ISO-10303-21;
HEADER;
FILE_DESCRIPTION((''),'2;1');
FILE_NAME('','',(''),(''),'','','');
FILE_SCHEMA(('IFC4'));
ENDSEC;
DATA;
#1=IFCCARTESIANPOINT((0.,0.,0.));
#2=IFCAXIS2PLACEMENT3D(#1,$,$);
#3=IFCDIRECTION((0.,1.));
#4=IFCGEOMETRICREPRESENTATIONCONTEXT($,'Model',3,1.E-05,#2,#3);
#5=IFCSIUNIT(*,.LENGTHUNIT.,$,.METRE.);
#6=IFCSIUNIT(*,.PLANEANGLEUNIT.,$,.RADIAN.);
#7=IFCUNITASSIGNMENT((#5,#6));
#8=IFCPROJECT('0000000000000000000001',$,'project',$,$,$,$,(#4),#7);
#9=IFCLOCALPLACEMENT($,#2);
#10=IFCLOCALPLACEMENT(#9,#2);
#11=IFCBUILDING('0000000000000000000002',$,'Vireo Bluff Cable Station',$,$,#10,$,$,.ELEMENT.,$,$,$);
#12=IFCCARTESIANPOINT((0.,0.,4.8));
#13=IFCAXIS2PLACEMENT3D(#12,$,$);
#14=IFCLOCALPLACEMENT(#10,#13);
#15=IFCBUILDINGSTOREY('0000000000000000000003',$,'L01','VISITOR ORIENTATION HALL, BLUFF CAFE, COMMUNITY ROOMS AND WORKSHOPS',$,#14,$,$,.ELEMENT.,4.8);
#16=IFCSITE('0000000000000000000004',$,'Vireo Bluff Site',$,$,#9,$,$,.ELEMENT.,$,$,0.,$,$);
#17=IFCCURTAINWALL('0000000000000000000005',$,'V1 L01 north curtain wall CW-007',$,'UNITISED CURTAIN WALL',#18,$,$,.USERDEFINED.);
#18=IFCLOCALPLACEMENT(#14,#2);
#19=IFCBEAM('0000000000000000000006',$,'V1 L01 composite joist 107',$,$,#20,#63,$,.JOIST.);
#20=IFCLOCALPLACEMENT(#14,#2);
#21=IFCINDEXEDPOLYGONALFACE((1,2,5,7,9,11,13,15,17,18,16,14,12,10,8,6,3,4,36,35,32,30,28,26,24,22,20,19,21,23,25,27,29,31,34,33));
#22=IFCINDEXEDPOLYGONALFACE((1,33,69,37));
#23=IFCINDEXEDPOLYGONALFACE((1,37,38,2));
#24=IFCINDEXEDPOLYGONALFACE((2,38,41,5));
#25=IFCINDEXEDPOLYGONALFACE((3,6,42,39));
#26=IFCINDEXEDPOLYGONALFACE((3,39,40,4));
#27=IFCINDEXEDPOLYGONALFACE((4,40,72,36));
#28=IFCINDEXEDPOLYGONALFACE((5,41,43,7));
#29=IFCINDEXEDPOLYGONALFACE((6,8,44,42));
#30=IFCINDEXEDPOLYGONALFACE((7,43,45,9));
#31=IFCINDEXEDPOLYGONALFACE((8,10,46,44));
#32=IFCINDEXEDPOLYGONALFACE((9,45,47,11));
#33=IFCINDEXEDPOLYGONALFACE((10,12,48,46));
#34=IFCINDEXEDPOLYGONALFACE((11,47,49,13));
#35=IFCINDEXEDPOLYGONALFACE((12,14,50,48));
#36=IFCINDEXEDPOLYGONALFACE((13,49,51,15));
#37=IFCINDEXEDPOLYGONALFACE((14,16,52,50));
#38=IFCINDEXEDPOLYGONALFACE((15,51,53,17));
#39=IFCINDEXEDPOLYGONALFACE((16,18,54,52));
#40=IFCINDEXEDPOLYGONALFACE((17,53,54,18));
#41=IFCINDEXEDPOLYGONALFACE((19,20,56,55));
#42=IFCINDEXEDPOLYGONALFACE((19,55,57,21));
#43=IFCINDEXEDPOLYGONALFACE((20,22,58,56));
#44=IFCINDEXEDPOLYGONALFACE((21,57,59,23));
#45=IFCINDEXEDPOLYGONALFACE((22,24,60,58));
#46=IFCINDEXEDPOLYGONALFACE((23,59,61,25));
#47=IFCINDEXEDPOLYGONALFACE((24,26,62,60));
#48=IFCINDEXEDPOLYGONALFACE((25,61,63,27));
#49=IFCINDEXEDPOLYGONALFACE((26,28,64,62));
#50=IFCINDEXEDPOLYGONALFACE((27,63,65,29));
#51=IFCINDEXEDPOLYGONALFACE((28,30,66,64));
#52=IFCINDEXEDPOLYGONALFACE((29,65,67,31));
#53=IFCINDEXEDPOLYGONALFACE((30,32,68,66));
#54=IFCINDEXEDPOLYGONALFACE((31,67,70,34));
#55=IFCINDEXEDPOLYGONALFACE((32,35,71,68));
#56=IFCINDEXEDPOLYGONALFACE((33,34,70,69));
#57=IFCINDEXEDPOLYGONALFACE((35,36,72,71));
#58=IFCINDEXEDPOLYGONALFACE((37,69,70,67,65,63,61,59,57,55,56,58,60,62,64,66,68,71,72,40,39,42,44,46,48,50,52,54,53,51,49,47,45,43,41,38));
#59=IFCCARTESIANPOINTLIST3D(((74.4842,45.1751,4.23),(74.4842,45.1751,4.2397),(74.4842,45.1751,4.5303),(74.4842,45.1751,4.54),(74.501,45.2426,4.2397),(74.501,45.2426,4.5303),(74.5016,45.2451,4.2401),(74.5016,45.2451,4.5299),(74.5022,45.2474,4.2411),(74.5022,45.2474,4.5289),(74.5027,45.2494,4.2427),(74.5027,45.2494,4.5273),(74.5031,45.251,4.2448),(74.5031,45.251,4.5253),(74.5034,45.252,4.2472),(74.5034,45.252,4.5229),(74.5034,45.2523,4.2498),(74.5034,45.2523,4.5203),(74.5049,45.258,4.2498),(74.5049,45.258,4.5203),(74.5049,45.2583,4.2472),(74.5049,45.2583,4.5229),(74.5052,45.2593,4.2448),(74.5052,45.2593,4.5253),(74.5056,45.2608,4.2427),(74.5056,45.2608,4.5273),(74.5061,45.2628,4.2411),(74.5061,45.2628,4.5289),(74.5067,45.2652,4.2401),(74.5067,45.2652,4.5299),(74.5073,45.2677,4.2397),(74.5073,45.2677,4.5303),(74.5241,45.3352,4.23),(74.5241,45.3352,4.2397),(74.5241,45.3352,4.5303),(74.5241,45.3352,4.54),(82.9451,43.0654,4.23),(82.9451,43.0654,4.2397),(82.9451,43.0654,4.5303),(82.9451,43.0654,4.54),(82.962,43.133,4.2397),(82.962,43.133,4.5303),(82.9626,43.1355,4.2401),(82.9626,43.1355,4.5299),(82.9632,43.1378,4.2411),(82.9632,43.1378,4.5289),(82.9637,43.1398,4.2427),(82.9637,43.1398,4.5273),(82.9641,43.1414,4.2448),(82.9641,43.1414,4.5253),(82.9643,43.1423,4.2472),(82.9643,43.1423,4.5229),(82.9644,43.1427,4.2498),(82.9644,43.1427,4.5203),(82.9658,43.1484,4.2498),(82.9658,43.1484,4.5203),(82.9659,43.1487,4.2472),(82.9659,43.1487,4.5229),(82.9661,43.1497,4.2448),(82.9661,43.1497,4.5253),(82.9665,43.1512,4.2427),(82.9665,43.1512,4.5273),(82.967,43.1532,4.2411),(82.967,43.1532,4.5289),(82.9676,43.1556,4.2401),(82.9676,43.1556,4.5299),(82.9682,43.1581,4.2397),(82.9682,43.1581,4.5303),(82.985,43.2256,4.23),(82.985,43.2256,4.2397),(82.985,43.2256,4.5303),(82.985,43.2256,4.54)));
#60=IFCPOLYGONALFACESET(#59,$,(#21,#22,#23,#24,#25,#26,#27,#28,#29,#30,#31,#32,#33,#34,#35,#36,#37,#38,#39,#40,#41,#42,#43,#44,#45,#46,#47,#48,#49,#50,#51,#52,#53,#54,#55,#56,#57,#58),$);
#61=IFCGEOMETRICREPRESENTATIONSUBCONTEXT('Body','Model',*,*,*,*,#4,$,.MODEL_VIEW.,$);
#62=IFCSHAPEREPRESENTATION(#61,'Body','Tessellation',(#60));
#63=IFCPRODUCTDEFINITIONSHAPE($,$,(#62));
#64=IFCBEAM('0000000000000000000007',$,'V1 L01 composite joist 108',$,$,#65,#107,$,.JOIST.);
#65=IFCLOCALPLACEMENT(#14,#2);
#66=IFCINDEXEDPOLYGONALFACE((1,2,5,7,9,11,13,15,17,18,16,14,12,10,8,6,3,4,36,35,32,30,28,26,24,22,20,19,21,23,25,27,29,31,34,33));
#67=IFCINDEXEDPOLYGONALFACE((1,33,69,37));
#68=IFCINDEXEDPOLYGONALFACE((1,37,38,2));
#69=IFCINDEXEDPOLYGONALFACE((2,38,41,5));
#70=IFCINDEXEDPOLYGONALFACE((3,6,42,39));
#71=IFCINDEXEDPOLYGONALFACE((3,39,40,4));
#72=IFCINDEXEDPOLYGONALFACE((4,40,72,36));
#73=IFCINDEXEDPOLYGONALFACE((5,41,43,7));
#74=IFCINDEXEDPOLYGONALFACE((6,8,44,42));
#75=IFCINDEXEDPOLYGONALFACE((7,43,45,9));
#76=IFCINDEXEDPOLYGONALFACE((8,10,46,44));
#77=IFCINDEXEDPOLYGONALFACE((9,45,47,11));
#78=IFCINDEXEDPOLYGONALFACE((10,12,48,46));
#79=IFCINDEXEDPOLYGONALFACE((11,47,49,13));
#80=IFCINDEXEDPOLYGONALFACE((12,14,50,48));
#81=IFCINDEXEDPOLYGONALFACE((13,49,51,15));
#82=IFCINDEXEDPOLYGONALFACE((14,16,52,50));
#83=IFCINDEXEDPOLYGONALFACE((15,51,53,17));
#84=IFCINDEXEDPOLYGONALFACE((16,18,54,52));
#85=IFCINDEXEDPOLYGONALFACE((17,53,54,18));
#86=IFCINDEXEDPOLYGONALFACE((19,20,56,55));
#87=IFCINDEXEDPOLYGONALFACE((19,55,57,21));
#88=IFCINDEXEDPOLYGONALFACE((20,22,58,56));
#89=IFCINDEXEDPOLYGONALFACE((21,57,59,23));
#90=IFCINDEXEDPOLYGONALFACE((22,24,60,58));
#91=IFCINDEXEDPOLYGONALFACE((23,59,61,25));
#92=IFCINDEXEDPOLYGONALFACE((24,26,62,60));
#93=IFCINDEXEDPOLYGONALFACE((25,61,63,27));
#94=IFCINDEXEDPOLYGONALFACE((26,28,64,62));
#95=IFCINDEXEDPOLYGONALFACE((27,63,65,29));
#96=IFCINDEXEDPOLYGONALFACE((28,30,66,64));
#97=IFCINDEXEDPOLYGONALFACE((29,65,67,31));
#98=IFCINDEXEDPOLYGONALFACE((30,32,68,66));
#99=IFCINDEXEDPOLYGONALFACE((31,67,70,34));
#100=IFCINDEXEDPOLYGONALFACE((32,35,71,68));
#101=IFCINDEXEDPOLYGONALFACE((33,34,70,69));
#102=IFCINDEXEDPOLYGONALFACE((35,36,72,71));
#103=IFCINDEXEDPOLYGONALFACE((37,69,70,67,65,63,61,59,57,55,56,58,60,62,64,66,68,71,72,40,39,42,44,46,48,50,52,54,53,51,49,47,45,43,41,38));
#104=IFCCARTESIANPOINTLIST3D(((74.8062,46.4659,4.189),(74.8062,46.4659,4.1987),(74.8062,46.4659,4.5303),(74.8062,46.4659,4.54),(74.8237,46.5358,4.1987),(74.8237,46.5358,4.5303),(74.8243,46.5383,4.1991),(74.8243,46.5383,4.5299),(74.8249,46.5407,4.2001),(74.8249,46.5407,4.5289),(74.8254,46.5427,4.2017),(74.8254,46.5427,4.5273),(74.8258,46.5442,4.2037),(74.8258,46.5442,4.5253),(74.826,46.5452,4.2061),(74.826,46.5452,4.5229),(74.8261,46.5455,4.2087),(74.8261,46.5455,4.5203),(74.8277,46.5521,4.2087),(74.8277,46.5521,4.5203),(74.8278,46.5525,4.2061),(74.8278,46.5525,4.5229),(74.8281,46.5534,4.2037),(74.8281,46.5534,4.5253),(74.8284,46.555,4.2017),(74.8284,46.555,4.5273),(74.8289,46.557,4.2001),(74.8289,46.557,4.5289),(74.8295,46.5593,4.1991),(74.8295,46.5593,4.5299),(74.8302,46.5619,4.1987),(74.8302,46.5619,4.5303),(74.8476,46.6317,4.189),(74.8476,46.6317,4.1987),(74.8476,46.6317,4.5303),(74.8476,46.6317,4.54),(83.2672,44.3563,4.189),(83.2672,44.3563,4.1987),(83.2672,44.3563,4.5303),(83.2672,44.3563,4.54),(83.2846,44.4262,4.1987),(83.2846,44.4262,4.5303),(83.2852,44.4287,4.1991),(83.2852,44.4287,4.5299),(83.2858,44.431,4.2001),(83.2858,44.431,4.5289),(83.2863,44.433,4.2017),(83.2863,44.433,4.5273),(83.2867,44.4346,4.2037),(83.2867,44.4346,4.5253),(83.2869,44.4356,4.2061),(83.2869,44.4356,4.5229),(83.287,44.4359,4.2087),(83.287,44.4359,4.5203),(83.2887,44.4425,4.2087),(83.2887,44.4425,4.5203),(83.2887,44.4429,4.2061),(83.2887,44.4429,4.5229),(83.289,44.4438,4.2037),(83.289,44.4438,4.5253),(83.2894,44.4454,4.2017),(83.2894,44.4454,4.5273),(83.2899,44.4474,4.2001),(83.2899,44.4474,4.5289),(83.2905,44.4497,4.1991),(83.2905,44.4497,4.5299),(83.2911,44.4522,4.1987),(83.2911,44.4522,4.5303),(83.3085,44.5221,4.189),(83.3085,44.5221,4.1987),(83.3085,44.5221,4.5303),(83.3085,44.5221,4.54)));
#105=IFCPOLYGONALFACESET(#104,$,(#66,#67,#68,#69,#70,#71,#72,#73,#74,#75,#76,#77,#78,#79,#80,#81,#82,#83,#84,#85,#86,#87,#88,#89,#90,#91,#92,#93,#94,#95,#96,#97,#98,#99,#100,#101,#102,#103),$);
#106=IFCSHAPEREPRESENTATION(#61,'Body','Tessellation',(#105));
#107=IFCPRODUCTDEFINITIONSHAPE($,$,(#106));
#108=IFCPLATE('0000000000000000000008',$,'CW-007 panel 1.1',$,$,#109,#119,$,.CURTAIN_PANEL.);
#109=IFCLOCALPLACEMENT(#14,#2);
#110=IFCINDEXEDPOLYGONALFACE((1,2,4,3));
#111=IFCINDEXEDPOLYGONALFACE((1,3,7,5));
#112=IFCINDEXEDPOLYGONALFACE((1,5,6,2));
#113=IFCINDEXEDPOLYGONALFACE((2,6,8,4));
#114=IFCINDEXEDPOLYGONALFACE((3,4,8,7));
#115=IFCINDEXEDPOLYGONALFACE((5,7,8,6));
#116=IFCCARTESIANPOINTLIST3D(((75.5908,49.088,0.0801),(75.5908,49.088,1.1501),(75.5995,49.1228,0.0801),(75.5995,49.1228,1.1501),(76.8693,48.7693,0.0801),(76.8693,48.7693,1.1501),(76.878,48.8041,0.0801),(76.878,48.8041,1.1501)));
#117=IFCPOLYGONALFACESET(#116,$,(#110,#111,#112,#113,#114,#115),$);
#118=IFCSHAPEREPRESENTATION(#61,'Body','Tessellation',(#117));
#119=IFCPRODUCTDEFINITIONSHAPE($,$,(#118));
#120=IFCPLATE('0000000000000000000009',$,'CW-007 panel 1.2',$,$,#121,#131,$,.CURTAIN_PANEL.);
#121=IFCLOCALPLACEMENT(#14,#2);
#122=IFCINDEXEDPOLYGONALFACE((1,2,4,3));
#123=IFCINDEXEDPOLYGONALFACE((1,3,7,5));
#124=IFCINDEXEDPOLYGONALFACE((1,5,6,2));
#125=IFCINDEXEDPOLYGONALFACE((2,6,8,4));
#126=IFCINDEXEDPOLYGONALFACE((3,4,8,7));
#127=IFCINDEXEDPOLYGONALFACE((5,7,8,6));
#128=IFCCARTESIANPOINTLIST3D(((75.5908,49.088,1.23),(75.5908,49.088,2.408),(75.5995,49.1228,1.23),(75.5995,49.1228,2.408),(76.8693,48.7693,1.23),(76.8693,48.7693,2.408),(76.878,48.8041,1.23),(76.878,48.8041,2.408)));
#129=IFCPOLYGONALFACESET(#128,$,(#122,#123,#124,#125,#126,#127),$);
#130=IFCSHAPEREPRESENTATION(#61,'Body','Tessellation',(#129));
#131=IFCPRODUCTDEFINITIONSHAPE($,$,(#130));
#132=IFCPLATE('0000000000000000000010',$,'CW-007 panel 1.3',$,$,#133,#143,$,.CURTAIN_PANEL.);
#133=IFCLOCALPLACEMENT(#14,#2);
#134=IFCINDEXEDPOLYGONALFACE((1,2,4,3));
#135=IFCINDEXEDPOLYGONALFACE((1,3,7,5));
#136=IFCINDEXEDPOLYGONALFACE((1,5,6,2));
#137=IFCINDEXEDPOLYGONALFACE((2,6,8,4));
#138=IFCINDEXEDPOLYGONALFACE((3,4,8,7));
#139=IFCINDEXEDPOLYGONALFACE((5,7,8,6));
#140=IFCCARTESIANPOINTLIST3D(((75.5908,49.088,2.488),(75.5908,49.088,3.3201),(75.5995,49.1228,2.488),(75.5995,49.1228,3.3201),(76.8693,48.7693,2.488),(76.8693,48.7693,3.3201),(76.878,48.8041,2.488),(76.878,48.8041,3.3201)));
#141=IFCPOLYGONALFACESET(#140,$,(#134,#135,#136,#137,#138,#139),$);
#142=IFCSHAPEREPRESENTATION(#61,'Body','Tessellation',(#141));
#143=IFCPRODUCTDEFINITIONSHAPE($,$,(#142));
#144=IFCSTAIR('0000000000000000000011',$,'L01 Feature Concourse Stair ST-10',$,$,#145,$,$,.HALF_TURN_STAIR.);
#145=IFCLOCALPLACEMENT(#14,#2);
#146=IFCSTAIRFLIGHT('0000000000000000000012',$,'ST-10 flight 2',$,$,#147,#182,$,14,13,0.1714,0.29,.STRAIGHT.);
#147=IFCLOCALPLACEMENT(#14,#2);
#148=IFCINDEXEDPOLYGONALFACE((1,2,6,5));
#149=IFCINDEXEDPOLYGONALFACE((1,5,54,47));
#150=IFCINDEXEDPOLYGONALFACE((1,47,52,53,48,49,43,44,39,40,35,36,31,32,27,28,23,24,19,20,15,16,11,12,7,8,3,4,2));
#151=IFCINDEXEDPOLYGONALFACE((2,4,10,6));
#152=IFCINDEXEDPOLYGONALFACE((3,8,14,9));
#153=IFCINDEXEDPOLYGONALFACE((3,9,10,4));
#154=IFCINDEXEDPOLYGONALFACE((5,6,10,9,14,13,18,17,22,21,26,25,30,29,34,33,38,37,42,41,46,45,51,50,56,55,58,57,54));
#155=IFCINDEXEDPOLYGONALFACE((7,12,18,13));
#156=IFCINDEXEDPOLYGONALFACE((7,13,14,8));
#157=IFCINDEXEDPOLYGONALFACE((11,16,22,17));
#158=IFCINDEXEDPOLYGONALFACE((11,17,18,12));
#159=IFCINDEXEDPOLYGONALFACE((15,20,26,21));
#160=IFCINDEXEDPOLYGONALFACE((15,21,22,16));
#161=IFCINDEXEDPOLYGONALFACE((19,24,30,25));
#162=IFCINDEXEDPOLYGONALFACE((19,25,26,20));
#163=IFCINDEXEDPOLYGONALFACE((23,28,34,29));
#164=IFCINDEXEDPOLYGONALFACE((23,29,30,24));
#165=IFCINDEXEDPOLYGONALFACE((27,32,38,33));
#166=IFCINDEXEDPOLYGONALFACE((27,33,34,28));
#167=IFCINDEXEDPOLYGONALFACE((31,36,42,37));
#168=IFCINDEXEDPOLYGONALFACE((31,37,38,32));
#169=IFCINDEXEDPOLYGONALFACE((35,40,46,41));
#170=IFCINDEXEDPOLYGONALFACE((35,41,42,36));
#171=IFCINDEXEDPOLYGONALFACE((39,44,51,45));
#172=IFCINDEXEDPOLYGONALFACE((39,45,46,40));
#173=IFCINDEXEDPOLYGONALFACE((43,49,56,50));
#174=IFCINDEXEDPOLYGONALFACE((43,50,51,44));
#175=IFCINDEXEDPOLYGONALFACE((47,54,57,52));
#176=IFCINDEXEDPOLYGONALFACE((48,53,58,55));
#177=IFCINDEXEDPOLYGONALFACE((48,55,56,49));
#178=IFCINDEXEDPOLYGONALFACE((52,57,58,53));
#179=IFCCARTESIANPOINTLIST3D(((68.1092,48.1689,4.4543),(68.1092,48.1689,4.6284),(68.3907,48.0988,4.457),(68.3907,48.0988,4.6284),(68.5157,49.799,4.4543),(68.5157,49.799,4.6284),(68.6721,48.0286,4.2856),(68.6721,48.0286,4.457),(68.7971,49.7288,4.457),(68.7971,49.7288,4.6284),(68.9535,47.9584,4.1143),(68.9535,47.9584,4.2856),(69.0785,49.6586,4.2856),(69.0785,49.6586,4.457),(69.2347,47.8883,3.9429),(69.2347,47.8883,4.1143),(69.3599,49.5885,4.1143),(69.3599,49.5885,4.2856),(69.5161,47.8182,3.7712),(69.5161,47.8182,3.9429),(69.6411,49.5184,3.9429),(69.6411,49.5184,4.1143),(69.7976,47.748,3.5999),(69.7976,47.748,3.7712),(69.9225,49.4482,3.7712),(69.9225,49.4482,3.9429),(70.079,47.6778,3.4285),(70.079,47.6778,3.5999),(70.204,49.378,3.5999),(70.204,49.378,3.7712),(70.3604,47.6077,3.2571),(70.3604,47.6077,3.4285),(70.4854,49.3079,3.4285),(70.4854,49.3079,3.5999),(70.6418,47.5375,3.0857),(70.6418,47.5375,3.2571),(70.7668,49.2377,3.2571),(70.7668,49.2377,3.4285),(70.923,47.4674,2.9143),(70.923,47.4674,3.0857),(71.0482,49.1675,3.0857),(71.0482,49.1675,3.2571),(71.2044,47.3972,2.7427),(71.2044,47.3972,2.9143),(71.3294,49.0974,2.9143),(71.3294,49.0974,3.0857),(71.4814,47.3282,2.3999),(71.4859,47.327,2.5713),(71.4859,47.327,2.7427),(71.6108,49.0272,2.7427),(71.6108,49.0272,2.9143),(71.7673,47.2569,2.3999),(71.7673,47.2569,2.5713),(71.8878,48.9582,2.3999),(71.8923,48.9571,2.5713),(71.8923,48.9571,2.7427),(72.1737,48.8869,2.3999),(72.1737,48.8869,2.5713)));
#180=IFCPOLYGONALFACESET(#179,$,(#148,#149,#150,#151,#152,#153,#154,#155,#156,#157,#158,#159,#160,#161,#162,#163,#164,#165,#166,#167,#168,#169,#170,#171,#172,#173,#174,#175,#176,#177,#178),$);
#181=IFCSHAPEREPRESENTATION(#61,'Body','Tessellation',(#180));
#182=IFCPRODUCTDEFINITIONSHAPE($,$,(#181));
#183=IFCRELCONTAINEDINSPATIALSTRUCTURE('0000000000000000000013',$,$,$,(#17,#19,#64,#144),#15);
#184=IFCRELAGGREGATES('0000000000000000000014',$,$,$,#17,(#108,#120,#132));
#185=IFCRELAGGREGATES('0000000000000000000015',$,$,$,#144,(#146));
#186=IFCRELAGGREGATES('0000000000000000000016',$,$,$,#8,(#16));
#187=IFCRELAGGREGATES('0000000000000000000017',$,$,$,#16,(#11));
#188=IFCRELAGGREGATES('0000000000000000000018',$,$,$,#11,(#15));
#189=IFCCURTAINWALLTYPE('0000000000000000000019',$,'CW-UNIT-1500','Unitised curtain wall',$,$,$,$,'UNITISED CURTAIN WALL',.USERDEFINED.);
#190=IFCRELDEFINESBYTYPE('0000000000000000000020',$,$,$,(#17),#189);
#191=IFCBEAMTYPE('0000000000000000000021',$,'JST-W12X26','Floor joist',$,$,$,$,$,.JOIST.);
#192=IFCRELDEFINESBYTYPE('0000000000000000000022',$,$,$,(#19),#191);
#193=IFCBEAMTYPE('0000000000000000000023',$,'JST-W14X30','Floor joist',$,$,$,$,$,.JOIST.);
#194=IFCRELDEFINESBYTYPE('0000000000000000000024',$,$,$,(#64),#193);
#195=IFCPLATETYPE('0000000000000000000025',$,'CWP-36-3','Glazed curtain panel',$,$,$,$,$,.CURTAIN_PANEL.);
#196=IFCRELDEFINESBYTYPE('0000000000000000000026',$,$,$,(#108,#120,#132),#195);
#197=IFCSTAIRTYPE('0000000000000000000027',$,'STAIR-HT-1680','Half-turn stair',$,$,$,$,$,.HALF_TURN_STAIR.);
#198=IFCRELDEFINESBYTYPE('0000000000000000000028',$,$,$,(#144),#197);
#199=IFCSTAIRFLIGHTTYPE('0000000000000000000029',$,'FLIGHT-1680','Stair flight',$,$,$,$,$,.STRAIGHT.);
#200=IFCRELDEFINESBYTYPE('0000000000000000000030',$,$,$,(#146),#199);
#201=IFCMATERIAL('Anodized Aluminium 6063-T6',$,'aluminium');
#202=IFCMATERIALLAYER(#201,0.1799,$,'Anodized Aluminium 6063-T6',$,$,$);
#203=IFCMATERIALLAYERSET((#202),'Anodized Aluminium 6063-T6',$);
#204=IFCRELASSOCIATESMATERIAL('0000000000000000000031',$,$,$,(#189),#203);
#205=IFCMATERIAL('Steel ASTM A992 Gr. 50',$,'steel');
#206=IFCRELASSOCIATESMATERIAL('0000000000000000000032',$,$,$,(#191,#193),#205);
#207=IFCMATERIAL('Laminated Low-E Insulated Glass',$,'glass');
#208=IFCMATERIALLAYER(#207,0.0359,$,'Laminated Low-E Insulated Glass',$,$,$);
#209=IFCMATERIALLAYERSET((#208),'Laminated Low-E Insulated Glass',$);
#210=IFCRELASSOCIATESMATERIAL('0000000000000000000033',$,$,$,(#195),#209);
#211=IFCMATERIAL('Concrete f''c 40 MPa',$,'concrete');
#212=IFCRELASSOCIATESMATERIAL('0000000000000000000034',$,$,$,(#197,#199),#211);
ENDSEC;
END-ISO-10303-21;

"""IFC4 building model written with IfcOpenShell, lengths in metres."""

from ifc_helpers import new_model, si_unit, direction, frame, origin, origin_2d, place, context, subcontext, project, spatial, polyline, rectangle, i_section, outline, extrude, material, layer, layer_set, material_profile, profile_set, type_object, element, aggregate, save


model = new_model("IFC4")

# Units and contexts
model_context = context("Model", 3, precision=1e-05, world=origin(), true_north=direction((0.0, 1.0)))
body_context = subcontext(model_context, "Body", "Model", "MODEL_VIEW")
ifc_project = project(units=[si_unit("LENGTHUNIT", "METRE"), si_unit("PLANEANGLEUNIT", "RADIAN")], contexts=[model_context])

# Site, building, storey
site_placement = place(None, origin())
site = spatial("IfcSite", under=ifc_project, at=site_placement, Name="Vireo Bluff Site", CompositionType="ELEMENT", RefElevation=0.0)
building_placement = place(site_placement, origin())
building = spatial("IfcBuilding", under=site, at=building_placement, Name="Vireo Bluff Cable Station", CompositionType="ELEMENT")
storey_placement = place(building_placement, frame((0.0, 0.0, 4.8)))
storey = spatial("IfcBuildingStorey", under=building, at=storey_placement, Name="L01", Description="VISITOR ORIENTATION HALL, BLUFF CAFE, COMMUNITY ROOMS AND WORKSHOPS", CompositionType="ELEMENT", Elevation=4.8)

# Shared definitions
ifc_material_1 = material(Name="Steel ASTM A992 Gr. 50", Category="steel")

# Curtain wall
ifc_material_2 = material(Name="Anodized Aluminium 6063-T6", Category="aluminium")
ifc_layer_1 = layer(ifc_material_2, 0.1799, Name="Anodized Aluminium 6063-T6")
ifc_layer_set_1 = layer_set([ifc_layer_1], Name="Anodized Aluminium 6063-T6")
curtain_wall_type = type_object("IfcCurtainWallType", Name="CW-UNIT-1500", Description="Unitised curtain wall", ElementType="UNITISED CURTAIN WALL", PredefinedType="USERDEFINED", material=ifc_layer_set_1)
curtain_wall_placement = place(storey_placement, origin())
curtain_wall = element("IfcCurtainWall", 1, at=curtain_wall_placement, inside=storey, type_object=curtain_wall_type, Name="V1 L01 north curtain wall CW-007", ObjectType="UNITISED CURTAIN WALL", PredefinedType="USERDEFINED")

# Beams
ifc_material_profile_1 = material_profile(ifc_material_1, i_section(OverallWidth=0.165, OverallDepth=0.3101, WebThickness=0.0059, FlangeThickness=0.0098, FilletRadius=0.01, at=origin_2d()), Name="W12X26")
ifc_profile_set_1 = profile_set([ifc_material_profile_1], Name="Steel ASTM A992 Gr. 50")
beam_type_1 = type_object("IfcBeamType", Name="JST-W12X26", Description="Floor joist", PredefinedType="JOIST", material=ifc_profile_set_1)
beam_1_placement = place(storey_placement, frame((74.5042, 45.2551, 4.385), z_axis=(0.970294, -0.24193, 0.0), x_axis=(0.24193, 0.970294, 0.0)))
element("IfcBeam", 2, at=beam_1_placement, inside=storey, type_object=beam_type_1, Name="V1 L01 composite joist 107", PredefinedType="JOIST", context=body_context, shape_type="SweptSolid", body=[
    extrude(i_section(OverallWidth=0.165, OverallDepth=0.3101, WebThickness=0.0059, FlangeThickness=0.0098, FilletRadius=0.01, at=origin_2d()), origin(), (0.0, 0.0, 1.0), 8.72),
])
ifc_material_profile_2 = material_profile(ifc_material_1, i_section(OverallWidth=0.1709, OverallDepth=0.3511, WebThickness=0.0068, FlangeThickness=0.0098, FilletRadius=0.01, at=origin_2d()), Name="W14X30")
ifc_profile_set_2 = profile_set([ifc_material_profile_2], Name="Steel ASTM A992 Gr. 50")
beam_type_2 = type_object("IfcBeamType", Name="JST-W14X30", Description="Floor joist", PredefinedType="JOIST", material=ifc_profile_set_2)
beam_2_placement = place(storey_placement, frame((74.8269, 46.5488, 4.3645), z_axis=(0.970294, -0.24193, 0.0), x_axis=(0.24193, 0.970294, 0.0)))
element("IfcBeam", 3, at=beam_2_placement, inside=storey, type_object=beam_type_2, Name="V1 L01 composite joist 108", PredefinedType="JOIST", context=body_context, shape_type="SweptSolid", body=[
    extrude(i_section(OverallWidth=0.1709, OverallDepth=0.3511, WebThickness=0.0068, FlangeThickness=0.0098, FilletRadius=0.01, at=origin_2d()), origin(), (0.0, 0.0, 1.0), 8.72),
])

# Plates
ifc_material_3 = material(Name="Laminated Low-E Insulated Glass", Category="glass")
ifc_layer_2 = layer(ifc_material_3, 0.0359, Name="Laminated Low-E Insulated Glass")
ifc_layer_set_2 = layer_set([ifc_layer_2], Name="Laminated Low-E Insulated Glass")
plate_type = type_object("IfcPlateType", Name="CWP-36-3", Description="Glazed curtain panel", PredefinedType="CURTAIN_PANEL", material=ifc_layer_set_2)
plate_1_placement = place(storey_placement, frame((76.2344, 48.946, 0.0801), z_axis=(0.0, 0.0, 1.0), x_axis=(0.970296, -0.241922, 0.0)))
plate_1 = element("IfcPlate", 4, at=plate_1_placement, type_object=plate_type, Name="CW-007 panel 1.1", PredefinedType="CURTAIN_PANEL", context=body_context, shape_type="SweptSolid", body=[
    extrude(rectangle(XDim=1.3176, YDim=0.0359, at=origin_2d()), origin(), (0.0, 0.0, 1.0), 1.0701),
])
plate_2_placement = place(storey_placement, frame((76.2344, 48.946, 1.23), z_axis=(0.0, 0.0, 1.0), x_axis=(0.970296, -0.241922, 0.0)))
plate_2 = element("IfcPlate", 5, at=plate_2_placement, type_object=plate_type, Name="CW-007 panel 1.2", PredefinedType="CURTAIN_PANEL", context=body_context, shape_type="SweptSolid", body=[
    extrude(rectangle(XDim=1.3176, YDim=0.0359, at=origin_2d()), origin(), (0.0, 0.0, 1.0), 1.178),
])
plate_3_placement = place(storey_placement, frame((76.2344, 48.946, 2.488), z_axis=(0.0, 0.0, 1.0), x_axis=(0.970296, -0.241922, 0.0)))
plate_3 = element("IfcPlate", 6, at=plate_3_placement, type_object=plate_type, Name="CW-007 panel 1.3", PredefinedType="CURTAIN_PANEL", context=body_context, shape_type="SweptSolid", body=[
    extrude(rectangle(XDim=1.3176, YDim=0.0359, at=origin_2d()), origin(), (0.0, 0.0, 1.0), 0.832),
])
aggregate(curtain_wall, [plate_1, plate_2, plate_3])

# Stair, stair flight
ifc_material_4 = material(Name="Concrete f'c 40 MPa", Category="concrete")
stair_type = type_object("IfcStairType", Name="STAIR-HT-1680", Description="Half-turn stair", PredefinedType="HALF_TURN_STAIR", material=ifc_material_4)
stair_placement = place(storey_placement, origin())
stair = element("IfcStair", 7, at=stair_placement, inside=storey, type_object=stair_type, Name="L01 Feature Concourse Stair ST-10", PredefinedType="HALF_TURN_STAIR")
stair_flight_type = type_object("IfcStairFlightType", Name="FLIGHT-1680", Description="Stair flight", PredefinedType="STRAIGHT", material=ifc_material_4)
stair_flight_placement = place(storey_placement, frame((71.9705, 48.0718, 2.3999), z_axis=(0.0, 0.0, 1.0), x_axis=(-0.970296, 0.241922, 0.0)))
stair_flight = element("IfcStairFlight", 8, at=stair_flight_placement, type_object=stair_flight_type, Name="ST-10 flight 2", NumberOfRisers=14, NumberOfTreads=13, PredefinedType="STRAIGHT", RiserHeight=0.1714, TreadLength=0.29, context=body_context, shape_type="SweptSolid", body=[
    extrude(outline(polyline([(0.0, 0.0), (0.0, 0.1714), (0.29, 0.1714), (0.29, 0.3428), (0.5801, 0.3428), (0.5801, 0.5144), (0.8701, 0.5144), (0.8701, 0.6858), (1.1599, 0.6858), (1.1599, 0.8572), (1.45, 0.8572), (1.45, 1.0286), (1.74, 1.0286), (1.74, 1.2), (2.03, 1.2), (2.03, 1.3713), (2.3201, 1.3713), (2.3201, 1.543), (2.6101, 1.543), (2.6101, 1.7144), (2.8999, 1.7144), (2.8999, 1.8857), (3.1899, 1.8857), (3.1899, 2.0571), (3.48, 2.0571), (3.48, 2.2285), (3.77, 2.2285), (3.77, 2.3999), (3.77, 2.0544), (0.2947, 0.0), (0.0, 0.0)])), frame((0.0, 0.8398, 0.0), z_axis=(0.0, -1.0, 0.0), x_axis=(1.0, 0.0, 0.0)), (0.0, 0.0, 1.0), 1.6799),
])
aggregate(stair, [stair_flight])

save(model, "model.ifc")
